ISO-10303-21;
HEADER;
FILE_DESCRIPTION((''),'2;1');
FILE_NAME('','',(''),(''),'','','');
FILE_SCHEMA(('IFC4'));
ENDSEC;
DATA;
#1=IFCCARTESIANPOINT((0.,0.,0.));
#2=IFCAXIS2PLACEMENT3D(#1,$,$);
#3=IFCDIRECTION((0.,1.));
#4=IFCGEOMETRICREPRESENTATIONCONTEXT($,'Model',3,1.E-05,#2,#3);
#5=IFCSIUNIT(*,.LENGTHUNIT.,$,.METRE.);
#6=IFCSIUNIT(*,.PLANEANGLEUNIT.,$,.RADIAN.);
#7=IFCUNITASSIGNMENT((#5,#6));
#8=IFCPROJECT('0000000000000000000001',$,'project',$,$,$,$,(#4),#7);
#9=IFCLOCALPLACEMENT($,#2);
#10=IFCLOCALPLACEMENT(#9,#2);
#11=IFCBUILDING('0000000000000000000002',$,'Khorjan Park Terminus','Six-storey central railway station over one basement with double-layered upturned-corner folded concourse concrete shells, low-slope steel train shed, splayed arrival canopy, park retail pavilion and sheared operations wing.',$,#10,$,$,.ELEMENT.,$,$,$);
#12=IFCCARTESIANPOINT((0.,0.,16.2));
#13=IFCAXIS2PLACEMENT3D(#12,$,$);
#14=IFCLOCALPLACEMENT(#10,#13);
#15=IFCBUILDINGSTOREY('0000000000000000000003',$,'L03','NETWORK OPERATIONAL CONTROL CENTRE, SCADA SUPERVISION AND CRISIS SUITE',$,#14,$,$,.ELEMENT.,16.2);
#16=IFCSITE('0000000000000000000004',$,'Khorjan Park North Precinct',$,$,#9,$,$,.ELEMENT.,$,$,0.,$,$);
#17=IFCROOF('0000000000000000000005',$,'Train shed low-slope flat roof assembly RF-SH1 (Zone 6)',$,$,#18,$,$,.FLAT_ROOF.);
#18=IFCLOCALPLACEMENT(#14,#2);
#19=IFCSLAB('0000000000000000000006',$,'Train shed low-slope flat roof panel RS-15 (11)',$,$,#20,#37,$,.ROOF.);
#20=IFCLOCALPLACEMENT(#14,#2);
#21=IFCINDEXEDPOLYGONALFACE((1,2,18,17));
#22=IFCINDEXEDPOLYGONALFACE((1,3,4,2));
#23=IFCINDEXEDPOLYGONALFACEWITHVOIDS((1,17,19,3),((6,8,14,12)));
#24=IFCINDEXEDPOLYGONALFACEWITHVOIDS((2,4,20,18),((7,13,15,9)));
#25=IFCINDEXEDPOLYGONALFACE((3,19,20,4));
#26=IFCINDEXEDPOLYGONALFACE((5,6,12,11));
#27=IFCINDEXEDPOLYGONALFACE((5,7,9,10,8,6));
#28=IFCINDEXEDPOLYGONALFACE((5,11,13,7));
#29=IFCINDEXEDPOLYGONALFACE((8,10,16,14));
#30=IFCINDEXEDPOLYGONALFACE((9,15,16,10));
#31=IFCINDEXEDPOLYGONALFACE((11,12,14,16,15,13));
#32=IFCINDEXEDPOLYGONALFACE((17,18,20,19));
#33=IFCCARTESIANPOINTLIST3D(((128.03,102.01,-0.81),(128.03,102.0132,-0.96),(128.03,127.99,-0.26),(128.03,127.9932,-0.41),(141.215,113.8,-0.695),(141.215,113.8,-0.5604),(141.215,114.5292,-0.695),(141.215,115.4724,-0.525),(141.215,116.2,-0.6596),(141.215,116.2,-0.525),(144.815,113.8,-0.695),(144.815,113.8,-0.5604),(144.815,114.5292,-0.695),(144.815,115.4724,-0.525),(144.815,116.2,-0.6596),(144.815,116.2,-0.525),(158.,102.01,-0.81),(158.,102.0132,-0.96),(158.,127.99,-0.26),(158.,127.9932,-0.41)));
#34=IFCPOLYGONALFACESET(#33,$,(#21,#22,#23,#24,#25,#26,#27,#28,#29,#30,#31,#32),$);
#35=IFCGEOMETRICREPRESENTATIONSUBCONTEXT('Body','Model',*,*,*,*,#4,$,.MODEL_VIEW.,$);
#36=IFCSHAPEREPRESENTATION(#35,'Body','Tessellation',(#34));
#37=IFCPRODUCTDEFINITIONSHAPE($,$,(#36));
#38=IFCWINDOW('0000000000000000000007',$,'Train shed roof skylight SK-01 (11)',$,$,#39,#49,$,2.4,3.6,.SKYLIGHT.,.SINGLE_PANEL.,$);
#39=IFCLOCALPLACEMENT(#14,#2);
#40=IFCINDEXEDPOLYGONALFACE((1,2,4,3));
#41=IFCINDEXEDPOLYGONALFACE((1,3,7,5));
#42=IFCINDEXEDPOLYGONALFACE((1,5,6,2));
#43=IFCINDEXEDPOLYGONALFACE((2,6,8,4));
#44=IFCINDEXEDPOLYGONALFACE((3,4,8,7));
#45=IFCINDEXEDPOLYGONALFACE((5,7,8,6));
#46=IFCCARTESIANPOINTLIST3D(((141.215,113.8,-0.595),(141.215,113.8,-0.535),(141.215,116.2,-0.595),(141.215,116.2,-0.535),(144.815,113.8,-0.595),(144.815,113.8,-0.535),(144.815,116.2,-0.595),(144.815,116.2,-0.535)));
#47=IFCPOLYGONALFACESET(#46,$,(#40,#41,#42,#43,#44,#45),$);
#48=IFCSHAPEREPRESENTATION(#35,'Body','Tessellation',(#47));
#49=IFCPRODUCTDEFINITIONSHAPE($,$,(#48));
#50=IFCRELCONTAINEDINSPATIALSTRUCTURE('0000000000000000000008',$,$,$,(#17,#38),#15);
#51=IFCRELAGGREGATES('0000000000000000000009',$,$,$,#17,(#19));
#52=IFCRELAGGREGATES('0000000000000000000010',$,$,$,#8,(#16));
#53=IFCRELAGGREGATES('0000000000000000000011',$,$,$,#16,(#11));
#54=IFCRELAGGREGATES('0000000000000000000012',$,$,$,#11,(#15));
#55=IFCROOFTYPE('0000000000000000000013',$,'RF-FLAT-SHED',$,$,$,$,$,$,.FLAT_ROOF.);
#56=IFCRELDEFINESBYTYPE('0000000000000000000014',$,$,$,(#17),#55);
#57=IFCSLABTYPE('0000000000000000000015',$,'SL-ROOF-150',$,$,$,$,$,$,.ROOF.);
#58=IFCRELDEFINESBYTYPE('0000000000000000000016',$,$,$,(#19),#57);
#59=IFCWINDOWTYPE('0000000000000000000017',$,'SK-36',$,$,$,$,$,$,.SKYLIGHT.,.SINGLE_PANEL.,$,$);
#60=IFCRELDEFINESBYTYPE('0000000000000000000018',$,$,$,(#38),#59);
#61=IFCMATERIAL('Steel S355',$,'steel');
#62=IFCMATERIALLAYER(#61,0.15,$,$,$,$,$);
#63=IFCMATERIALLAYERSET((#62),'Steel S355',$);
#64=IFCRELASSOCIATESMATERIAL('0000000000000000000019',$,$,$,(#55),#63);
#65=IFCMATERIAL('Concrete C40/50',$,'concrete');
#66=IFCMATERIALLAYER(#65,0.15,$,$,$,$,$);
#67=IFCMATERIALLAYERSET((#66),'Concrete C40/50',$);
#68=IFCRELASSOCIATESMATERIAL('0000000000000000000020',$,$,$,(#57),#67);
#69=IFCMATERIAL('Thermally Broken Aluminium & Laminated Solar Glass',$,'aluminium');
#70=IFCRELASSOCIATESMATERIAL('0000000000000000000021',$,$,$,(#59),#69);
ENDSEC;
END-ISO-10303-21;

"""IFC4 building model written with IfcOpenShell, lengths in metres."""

from ifc_helpers import new_model, si_unit, direction, frame, origin, origin_2d, place, context, subcontext, project, spatial, polyline, rectangle, outline, extrude, material, layer, layer_set, type_object, element, fill, aggregate, save


model = new_model("IFC4")

# Units and contexts
model_context = context("Model", 3, precision=1e-05, world=origin(), true_north=direction((0.0, 1.0)))
body_context = subcontext(model_context, "Body", "Model", "MODEL_VIEW")
ifc_project = project(units=[si_unit("LENGTHUNIT", "METRE"), si_unit("PLANEANGLEUNIT", "RADIAN")], contexts=[model_context])

# Site, building, storey
site_placement = place(None, origin())
site = spatial("IfcSite", under=ifc_project, at=site_placement, Name="Khorjan Park North Precinct", CompositionType="ELEMENT", RefElevation=0.0)
building_placement = place(site_placement, origin())
building = spatial("IfcBuilding", under=site, at=building_placement, Name="Khorjan Park Terminus", Description="Six-storey central railway station over one basement with double-layered upturned-corner folded concourse concrete shells, low-slope steel train shed, splayed arrival canopy, park retail pavilion and sheared operations wing.", CompositionType="ELEMENT")
storey_placement = place(building_placement, frame((0.0, 0.0, 16.2)))
storey = spatial("IfcBuildingStorey", under=building, at=storey_placement, Name="L03", Description="NETWORK OPERATIONAL CONTROL CENTRE, SCADA SUPERVISION AND CRISIS SUITE", CompositionType="ELEMENT", Elevation=16.2)

# Shared definitions
ifc_material_1 = material(Name="Steel S355", Category="steel")

# Roof, slab, opening, window
ifc_layer_1 = layer(ifc_material_1, 0.15)
ifc_layer_set_1 = layer_set([ifc_layer_1], Name="Steel S355")
roof_type = type_object("IfcRoofType", Name="RF-FLAT-SHED", PredefinedType="FLAT_ROOF", material=ifc_layer_set_1)
roof_placement = place(storey_placement, origin())
roof = element("IfcRoof", 1, at=roof_placement, inside=storey, type_object=roof_type, Name="Train shed low-slope flat roof assembly RF-SH1 (Zone 6)", PredefinedType="FLAT_ROOF")
ifc_material_2 = material(Name="Concrete C40/50", Category="concrete")
ifc_layer_2 = layer(ifc_material_2, 0.15)
ifc_layer_set_2 = layer_set([ifc_layer_2], Name="Concrete C40/50")
slab_type = type_object("IfcSlabType", Name="SL-ROOF-150", PredefinedType="ROOF", material=ifc_layer_set_2)
slab_placement = place(storey_placement, frame((128.03, 102.01, -0.81), z_axis=(0.0, -0.021165, 0.999776), x_axis=(1.0, 0.0, 0.0)))
slab = element("IfcSlab", 2, at=slab_placement, type_object=slab_type, Name="Train shed low-slope flat roof panel RS-15 (11)", PredefinedType="ROOF", context=body_context, shape_type="SweptSolid", body=[
    extrude(outline(polyline([(0.0, 0.0), (29.97, 0.0), (29.97, 25.9858), (0.0, 25.9858), (0.0, 0.0)])), origin(), (0.0, 0.0, -1.0), 0.15),
])
opening_placement = place(storey_placement, frame((143.015, 115.0, -0.685), z_axis=(0.0, 0.0, 1.0), x_axis=(1.0, 0.0, 0.0)))
opening = element("IfcOpeningElement", 3, at=opening_placement, cuts=slab, PredefinedType="OPENING", context=body_context, shape_type="SweptSolid", body=[
    extrude(rectangle(XDim=3.6, YDim=2.4, at=origin_2d()), frame((0.0, 0.0, -0.01)), (0.0, 0.0, 1.0), 0.17),
])
ifc_material_3 = material(Name="Thermally Broken Aluminium & Laminated Solar Glass", Category="aluminium")
window_type = type_object("IfcWindowType", Name="SK-36", PartitioningType="SINGLE_PANEL", PredefinedType="SKYLIGHT", material=ifc_material_3)
window_placement = place(opening_placement, frame((0.0, 0.0, 0.09)))
window = element("IfcWindow", 4, at=window_placement, inside=storey, type_object=window_type, Name="Train shed roof skylight SK-01 (11)", OverallHeight=2.4, OverallWidth=3.6, PartitioningType="SINGLE_PANEL", PredefinedType="SKYLIGHT", context=body_context, shape_type="SweptSolid", body=[
    extrude(rectangle(XDim=3.6, YDim=2.4, at=origin_2d()), origin(), (0.0, 0.0, 1.0), 0.06),
])
fill(opening, window)
aggregate(roof, [slab])

save(model, "model.ifc")
